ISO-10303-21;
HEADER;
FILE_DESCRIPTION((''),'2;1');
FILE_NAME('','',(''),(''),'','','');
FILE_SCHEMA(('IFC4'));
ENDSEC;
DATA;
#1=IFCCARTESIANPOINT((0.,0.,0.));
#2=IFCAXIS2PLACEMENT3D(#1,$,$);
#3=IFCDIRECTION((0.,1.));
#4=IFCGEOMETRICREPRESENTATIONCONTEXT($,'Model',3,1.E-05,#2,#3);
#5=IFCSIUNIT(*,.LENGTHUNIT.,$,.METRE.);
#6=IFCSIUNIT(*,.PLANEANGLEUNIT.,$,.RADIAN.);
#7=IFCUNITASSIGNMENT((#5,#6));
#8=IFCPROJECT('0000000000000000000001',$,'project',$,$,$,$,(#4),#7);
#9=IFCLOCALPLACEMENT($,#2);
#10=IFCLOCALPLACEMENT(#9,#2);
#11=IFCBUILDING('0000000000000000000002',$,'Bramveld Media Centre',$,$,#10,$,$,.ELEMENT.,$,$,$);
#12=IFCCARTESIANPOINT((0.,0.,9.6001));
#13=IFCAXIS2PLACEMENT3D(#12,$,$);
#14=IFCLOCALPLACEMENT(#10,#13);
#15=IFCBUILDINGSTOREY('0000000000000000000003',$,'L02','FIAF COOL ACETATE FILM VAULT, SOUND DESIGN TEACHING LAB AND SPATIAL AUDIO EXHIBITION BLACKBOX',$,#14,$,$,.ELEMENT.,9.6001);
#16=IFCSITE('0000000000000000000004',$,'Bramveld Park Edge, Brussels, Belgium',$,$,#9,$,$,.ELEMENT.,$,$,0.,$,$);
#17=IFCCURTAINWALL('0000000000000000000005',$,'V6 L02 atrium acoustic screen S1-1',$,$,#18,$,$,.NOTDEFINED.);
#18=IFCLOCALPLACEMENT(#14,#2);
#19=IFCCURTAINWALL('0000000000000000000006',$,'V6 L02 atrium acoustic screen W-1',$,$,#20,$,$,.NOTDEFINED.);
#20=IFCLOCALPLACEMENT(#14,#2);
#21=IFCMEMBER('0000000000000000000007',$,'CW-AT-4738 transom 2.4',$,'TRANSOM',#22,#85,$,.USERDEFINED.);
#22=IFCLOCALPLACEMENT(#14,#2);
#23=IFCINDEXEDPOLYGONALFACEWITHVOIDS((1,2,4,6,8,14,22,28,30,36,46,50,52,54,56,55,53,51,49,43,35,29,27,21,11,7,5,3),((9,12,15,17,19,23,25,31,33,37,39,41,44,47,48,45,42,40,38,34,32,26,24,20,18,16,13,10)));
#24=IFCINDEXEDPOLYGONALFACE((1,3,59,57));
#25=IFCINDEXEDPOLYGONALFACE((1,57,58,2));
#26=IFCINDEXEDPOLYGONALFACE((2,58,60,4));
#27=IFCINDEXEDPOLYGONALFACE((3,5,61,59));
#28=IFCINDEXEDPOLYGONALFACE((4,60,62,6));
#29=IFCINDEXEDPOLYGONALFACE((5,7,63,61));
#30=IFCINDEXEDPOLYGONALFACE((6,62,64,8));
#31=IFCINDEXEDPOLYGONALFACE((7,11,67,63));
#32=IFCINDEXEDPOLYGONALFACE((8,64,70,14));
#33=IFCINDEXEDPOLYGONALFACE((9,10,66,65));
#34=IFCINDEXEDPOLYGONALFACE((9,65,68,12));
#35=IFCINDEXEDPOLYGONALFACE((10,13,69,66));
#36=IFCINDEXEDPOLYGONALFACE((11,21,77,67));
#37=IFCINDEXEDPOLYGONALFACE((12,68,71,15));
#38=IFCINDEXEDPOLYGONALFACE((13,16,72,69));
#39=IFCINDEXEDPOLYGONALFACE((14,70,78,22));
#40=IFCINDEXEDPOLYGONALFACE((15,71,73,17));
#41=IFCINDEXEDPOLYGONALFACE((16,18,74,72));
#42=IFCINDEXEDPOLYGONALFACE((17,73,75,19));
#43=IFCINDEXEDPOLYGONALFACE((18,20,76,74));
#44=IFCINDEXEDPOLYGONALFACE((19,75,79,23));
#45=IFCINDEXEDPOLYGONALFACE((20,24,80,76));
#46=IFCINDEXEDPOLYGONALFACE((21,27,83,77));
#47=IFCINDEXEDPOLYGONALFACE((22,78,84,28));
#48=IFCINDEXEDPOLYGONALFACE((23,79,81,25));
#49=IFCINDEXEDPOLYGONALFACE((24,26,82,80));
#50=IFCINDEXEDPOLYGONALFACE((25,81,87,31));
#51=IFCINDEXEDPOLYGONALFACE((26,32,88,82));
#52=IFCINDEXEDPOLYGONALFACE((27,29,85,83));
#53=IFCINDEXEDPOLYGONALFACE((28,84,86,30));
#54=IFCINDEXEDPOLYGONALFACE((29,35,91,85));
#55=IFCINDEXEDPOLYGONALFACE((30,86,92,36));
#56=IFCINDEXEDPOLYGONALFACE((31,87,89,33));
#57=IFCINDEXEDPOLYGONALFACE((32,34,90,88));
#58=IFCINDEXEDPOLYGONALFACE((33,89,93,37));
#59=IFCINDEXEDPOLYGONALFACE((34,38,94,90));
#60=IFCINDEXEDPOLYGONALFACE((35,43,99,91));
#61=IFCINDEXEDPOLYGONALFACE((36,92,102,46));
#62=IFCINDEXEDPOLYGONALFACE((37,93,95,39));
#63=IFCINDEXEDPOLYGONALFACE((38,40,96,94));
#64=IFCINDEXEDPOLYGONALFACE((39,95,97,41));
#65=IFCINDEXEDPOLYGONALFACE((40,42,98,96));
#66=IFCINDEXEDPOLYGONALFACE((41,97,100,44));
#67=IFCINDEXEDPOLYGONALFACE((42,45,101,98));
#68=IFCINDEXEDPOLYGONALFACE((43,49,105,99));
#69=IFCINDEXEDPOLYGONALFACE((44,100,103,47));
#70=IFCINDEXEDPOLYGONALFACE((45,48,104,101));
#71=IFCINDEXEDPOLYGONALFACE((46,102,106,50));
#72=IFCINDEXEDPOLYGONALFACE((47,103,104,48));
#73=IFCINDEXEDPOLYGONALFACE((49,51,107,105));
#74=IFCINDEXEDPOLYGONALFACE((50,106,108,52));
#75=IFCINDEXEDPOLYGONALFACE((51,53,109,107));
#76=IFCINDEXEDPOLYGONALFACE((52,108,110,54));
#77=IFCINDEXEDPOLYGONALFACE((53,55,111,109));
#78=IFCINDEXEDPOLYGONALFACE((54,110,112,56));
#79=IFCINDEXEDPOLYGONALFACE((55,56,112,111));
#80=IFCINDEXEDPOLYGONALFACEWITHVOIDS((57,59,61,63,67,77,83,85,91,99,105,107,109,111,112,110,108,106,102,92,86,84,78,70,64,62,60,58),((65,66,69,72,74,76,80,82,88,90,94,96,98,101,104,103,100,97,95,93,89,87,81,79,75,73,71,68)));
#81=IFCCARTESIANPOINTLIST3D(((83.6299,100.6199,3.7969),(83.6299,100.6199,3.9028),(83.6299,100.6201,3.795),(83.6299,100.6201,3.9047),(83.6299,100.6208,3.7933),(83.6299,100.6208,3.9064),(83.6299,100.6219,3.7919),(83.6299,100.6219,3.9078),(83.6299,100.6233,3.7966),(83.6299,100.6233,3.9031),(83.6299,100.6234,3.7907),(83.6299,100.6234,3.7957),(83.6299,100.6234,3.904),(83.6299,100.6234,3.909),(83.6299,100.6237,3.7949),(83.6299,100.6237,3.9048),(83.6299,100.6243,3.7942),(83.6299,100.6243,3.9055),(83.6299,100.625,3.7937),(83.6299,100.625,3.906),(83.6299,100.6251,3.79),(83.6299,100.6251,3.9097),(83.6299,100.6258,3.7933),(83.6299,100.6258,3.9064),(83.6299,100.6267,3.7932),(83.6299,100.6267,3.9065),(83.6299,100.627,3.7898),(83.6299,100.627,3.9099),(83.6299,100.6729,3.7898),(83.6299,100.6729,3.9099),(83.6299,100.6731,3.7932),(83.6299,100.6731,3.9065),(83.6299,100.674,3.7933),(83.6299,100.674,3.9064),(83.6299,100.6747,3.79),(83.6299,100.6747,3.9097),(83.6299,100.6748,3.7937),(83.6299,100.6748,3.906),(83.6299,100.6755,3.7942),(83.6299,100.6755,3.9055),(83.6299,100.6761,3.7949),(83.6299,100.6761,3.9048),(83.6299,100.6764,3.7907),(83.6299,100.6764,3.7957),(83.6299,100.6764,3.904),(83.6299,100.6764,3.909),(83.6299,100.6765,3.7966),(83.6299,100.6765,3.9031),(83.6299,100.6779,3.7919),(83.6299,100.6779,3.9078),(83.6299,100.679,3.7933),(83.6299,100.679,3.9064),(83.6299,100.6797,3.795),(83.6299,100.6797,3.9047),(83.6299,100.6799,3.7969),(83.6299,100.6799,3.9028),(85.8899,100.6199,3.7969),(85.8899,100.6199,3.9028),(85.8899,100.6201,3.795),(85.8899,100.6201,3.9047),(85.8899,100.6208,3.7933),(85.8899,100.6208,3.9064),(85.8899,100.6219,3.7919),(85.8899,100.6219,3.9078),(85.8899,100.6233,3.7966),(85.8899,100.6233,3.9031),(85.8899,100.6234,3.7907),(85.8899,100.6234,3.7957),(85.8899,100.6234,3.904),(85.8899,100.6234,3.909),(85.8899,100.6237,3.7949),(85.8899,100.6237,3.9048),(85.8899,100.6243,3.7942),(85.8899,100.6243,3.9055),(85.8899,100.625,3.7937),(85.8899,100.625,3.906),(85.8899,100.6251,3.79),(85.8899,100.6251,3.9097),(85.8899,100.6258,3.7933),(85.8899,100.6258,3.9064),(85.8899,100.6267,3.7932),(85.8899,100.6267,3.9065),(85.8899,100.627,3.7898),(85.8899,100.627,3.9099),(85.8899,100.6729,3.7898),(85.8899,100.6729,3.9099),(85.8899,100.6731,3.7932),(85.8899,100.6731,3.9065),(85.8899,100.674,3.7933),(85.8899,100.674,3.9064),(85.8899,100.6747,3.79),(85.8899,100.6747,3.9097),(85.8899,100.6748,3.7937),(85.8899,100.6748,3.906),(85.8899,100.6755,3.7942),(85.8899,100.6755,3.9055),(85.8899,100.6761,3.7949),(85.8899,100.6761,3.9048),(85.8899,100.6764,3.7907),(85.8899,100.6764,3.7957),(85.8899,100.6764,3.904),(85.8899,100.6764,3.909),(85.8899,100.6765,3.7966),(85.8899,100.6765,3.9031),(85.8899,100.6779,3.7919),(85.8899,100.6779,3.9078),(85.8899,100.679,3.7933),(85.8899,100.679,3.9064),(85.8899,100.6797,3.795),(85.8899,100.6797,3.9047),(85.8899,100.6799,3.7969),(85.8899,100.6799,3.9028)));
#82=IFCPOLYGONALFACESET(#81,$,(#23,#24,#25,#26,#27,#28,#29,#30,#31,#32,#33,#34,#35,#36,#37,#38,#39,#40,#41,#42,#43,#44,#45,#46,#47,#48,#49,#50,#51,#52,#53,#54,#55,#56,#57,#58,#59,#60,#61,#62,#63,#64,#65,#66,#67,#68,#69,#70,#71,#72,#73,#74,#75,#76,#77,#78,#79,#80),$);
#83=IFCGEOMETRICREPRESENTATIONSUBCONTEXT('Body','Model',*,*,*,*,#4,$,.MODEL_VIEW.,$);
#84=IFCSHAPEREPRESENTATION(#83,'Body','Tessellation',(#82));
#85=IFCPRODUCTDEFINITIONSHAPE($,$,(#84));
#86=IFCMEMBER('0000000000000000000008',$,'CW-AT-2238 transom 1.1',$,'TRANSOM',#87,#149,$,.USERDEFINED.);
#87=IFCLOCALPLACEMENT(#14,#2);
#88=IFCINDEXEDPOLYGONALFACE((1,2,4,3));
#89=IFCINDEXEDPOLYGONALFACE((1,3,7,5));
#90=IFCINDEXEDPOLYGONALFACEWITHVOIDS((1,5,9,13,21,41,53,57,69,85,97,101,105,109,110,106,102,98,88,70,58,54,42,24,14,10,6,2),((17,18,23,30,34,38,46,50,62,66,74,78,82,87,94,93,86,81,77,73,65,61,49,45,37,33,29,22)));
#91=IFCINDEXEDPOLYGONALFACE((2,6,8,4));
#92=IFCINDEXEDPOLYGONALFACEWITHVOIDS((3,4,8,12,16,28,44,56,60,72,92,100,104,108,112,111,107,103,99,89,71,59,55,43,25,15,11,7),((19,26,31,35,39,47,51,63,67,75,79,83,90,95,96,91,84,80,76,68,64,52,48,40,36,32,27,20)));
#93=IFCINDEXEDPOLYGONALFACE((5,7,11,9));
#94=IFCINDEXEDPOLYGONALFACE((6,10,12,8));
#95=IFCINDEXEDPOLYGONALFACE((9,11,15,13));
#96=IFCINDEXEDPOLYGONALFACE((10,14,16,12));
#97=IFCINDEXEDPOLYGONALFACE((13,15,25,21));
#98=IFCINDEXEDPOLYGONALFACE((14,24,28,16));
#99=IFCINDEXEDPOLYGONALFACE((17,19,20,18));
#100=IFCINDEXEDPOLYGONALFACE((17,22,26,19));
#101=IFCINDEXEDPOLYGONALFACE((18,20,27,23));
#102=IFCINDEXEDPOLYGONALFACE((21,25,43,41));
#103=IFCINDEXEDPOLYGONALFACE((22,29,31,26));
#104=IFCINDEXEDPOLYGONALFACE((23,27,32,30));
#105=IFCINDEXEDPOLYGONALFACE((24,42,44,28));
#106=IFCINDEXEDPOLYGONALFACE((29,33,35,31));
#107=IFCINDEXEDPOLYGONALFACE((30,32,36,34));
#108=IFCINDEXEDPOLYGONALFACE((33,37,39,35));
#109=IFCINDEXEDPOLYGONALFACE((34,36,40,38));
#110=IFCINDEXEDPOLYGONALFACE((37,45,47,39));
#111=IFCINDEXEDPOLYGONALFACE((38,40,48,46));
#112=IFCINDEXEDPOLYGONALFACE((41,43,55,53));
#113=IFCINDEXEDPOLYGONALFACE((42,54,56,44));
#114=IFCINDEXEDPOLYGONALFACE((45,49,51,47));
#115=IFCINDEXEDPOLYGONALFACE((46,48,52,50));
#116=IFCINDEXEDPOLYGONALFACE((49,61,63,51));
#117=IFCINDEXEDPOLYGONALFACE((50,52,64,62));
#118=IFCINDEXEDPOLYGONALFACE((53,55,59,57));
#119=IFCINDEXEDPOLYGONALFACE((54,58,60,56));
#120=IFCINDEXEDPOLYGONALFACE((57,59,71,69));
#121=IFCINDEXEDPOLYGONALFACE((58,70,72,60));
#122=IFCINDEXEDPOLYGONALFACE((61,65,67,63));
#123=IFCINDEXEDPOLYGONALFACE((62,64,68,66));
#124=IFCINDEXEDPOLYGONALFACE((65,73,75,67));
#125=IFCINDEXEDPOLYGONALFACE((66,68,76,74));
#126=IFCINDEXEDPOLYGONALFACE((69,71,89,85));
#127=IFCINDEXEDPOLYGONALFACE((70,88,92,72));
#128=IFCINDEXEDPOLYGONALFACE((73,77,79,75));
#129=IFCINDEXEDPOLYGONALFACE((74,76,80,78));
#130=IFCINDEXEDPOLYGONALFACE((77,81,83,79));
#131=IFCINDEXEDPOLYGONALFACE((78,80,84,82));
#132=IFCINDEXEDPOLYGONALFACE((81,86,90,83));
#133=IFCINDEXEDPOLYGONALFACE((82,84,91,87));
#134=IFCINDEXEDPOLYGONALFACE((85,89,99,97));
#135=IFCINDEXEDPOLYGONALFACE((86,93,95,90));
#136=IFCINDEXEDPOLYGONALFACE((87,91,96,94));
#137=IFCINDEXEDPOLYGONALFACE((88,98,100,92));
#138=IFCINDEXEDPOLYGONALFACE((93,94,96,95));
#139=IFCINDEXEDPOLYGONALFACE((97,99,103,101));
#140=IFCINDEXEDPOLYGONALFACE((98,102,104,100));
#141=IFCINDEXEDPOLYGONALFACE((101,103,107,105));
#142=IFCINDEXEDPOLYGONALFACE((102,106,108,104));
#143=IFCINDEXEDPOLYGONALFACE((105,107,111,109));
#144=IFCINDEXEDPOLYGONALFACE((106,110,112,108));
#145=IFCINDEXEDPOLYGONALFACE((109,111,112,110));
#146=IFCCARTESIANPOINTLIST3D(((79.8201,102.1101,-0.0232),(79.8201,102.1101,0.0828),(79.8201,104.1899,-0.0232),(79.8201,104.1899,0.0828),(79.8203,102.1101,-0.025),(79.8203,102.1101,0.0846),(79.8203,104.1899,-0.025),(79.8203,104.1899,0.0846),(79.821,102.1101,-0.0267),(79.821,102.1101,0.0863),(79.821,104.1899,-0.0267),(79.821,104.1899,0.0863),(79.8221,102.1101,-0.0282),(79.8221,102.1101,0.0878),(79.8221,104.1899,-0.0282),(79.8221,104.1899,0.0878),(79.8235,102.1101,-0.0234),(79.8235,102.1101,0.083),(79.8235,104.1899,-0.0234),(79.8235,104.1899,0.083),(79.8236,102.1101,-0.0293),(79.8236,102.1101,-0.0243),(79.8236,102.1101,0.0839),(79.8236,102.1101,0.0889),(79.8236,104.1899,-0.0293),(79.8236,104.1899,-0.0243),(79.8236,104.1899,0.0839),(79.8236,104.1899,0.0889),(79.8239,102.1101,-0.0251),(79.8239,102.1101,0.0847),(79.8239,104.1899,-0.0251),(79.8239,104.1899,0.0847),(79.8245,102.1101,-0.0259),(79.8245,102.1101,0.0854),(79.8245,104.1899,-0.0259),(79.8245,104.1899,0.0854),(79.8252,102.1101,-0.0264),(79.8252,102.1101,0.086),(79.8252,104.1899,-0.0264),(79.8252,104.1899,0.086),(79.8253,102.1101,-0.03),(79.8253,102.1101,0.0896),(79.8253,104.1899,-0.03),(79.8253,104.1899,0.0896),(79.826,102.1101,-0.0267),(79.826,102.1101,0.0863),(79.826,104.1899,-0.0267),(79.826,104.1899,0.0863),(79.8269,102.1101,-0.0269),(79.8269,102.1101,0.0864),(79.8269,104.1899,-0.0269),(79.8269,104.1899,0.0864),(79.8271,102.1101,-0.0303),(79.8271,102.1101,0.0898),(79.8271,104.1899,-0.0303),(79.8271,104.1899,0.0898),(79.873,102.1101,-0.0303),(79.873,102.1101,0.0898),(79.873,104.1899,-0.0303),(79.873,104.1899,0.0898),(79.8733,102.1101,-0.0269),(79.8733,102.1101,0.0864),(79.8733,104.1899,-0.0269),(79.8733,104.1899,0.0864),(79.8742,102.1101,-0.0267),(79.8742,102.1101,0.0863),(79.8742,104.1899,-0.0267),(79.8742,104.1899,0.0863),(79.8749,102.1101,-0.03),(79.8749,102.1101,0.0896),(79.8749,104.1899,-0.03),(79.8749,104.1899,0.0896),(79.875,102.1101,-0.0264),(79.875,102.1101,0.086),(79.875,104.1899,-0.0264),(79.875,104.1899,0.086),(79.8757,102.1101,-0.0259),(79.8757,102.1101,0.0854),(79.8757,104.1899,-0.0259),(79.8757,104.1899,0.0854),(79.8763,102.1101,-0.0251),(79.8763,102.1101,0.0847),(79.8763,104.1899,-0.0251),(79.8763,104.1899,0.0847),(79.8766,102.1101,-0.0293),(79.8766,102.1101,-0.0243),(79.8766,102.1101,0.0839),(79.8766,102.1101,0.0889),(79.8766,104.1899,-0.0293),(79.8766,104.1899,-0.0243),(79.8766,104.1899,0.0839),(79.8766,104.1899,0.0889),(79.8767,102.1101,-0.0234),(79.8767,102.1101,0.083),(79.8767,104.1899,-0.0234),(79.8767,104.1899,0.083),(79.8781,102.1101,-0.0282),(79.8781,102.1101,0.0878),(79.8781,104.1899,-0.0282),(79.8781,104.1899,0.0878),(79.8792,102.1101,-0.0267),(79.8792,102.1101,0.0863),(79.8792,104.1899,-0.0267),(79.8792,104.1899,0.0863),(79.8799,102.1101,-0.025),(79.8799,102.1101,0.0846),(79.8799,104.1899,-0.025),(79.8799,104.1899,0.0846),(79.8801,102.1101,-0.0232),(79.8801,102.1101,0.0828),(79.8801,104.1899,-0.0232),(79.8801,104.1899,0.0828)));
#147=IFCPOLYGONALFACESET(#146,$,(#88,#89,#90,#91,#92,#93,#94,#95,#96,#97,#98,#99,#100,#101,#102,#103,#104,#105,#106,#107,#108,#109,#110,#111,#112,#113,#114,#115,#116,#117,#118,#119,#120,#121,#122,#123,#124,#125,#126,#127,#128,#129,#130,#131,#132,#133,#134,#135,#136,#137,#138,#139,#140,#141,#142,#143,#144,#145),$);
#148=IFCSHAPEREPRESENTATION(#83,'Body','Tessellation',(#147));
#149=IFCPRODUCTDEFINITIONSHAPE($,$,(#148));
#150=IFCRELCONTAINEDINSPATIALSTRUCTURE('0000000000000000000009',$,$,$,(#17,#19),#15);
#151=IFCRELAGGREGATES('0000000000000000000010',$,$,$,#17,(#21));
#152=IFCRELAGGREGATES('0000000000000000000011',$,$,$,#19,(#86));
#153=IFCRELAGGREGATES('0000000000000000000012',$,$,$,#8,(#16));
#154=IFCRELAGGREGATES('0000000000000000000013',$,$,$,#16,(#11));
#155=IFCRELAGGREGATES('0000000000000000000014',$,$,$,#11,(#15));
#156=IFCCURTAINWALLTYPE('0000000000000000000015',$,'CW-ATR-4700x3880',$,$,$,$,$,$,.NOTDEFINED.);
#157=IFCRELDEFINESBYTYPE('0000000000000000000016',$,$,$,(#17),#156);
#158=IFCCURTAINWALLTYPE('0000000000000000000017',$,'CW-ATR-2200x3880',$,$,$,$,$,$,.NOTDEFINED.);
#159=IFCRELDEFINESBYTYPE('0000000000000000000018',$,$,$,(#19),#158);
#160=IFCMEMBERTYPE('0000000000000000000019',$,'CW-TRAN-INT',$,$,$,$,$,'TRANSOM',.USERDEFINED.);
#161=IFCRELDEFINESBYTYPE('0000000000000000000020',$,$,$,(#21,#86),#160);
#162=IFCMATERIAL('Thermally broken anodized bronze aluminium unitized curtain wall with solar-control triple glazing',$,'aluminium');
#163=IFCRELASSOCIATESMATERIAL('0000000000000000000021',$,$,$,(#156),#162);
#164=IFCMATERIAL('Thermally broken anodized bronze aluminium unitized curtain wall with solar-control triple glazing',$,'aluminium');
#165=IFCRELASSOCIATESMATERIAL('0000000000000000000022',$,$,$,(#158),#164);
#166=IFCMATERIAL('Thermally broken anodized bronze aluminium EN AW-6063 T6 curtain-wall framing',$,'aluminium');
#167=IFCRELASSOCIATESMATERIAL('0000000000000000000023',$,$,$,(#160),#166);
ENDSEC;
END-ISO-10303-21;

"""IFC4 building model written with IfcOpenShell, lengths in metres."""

from ifc_helpers import new_model, si_unit, direction, frame, origin, origin_2d, place, context, subcontext, project, spatial, hollow_rectangle, extrude, material, material_profile, profile_set, type_object, element, aggregate, save


model = new_model("IFC4")

# Units and contexts
model_context = context("Model", 3, precision=1e-05, world=origin(), true_north=direction((0.0, 1.0)))
body_context = subcontext(model_context, "Body", "Model", "MODEL_VIEW")
ifc_project = project(units=[si_unit("LENGTHUNIT", "METRE"), si_unit("PLANEANGLEUNIT", "RADIAN")], contexts=[model_context])

# Site, building, storey
site_placement = place(None, origin())
site = spatial("IfcSite", under=ifc_project, at=site_placement, Name="Bramveld Park Edge, Brussels, Belgium", CompositionType="ELEMENT", RefElevation=0.0)
building_placement = place(site_placement, origin())
building = spatial("IfcBuilding", under=site, at=building_placement, Name="Bramveld Media Centre", CompositionType="ELEMENT")
storey_placement = place(building_placement, frame((0.0, 0.0, 9.6001)))
storey = spatial("IfcBuildingStorey", under=building, at=storey_placement, Name="L02", Description="FIAF COOL ACETATE FILM VAULT, SOUND DESIGN TEACHING LAB AND SPATIAL AUDIO EXHIBITION BLACKBOX", CompositionType="ELEMENT", Elevation=9.6001)

# Curtain walls
ifc_material_1 = material(Name="Thermally broken anodized bronze aluminium unitized curtain wall with solar-control triple glazing", Category="aluminium")
curtain_wall_type_1 = type_object("IfcCurtainWallType", Name="CW-ATR-4700x3880", PredefinedType="NOTDEFINED", material=ifc_material_1)
curtain_wall_1_placement = place(storey_placement, origin())
curtain_wall_1 = element("IfcCurtainWall", 1, at=curtain_wall_1_placement, inside=storey, type_object=curtain_wall_type_1, Name="V6 L02 atrium acoustic screen S1-1", PredefinedType="NOTDEFINED")
ifc_material_2 = material(Name="Thermally broken anodized bronze aluminium unitized curtain wall with solar-control triple glazing", Category="aluminium")
curtain_wall_type_2 = type_object("IfcCurtainWallType", Name="CW-ATR-2200x3880", PredefinedType="NOTDEFINED", material=ifc_material_2)
curtain_wall_2_placement = place(storey_placement, origin())
curtain_wall_2 = element("IfcCurtainWall", 2, at=curtain_wall_2_placement, inside=storey, type_object=curtain_wall_type_2, Name="V6 L02 atrium acoustic screen W-1", PredefinedType="NOTDEFINED")

# Members
ifc_material_3 = material(Name="Thermally broken anodized bronze aluminium EN AW-6063 T6 curtain-wall framing", Category="aluminium")
ifc_material_profile_1 = material_profile(ifc_material_3, hollow_rectangle(XDim=0.0601, YDim=0.1201, WallThickness=0.0034, InnerFilletRadius=0.0034, OuterFilletRadius=0.0071, at=origin_2d()), Name="AL-TRAN 60x120")
ifc_profile_set_1 = profile_set([ifc_material_profile_1], Name="Thermally broken anodized bronze aluminium EN AW-6063 T6 curtain-wall framing")
member_type_1 = type_object("IfcMemberType", Name="CW-TRAN-INT", ElementType="TRANSOM", PredefinedType="USERDEFINED", material=ifc_profile_set_1)
member_1_placement = place(storey_placement, frame((83.6299, 100.6499, 3.8499), z_axis=(1.0, 0.0, 0.0), x_axis=(0.0, 1.0, 0.0)))
member_1 = element("IfcMember", 3, at=member_1_placement, type_object=member_type_1, Name="CW-AT-4738 transom 2.4", ObjectType="TRANSOM", PredefinedType="USERDEFINED", context=body_context, shape_type="SweptSolid", body=[
    extrude(hollow_rectangle(XDim=0.0601, YDim=0.1201, WallThickness=0.0034, InnerFilletRadius=0.0034, OuterFilletRadius=0.0071, at=origin_2d()), origin(), (0.0, 0.0, 1.0), 2.26),
])
member_2_placement = place(storey_placement, frame((79.8501, 102.1101, 0.0298), z_axis=(0.0, 1.0, 0.0), x_axis=(-1.0, 0.0, 0.0)))
member_2 = element("IfcMember", 4, at=member_2_placement, type_object=member_type_1, Name="CW-AT-2238 transom 1.1", ObjectType="TRANSOM", PredefinedType="USERDEFINED", context=body_context, shape_type="SweptSolid", body=[
    extrude(hollow_rectangle(XDim=0.0601, YDim=0.1201, WallThickness=0.0034, InnerFilletRadius=0.0034, OuterFilletRadius=0.0071, at=origin_2d()), origin(), (0.0, 0.0, 1.0), 2.0798),
])

aggregate(curtain_wall_1, [member_1])
aggregate(curtain_wall_2, [member_2])

save(model, "model.ifc")
